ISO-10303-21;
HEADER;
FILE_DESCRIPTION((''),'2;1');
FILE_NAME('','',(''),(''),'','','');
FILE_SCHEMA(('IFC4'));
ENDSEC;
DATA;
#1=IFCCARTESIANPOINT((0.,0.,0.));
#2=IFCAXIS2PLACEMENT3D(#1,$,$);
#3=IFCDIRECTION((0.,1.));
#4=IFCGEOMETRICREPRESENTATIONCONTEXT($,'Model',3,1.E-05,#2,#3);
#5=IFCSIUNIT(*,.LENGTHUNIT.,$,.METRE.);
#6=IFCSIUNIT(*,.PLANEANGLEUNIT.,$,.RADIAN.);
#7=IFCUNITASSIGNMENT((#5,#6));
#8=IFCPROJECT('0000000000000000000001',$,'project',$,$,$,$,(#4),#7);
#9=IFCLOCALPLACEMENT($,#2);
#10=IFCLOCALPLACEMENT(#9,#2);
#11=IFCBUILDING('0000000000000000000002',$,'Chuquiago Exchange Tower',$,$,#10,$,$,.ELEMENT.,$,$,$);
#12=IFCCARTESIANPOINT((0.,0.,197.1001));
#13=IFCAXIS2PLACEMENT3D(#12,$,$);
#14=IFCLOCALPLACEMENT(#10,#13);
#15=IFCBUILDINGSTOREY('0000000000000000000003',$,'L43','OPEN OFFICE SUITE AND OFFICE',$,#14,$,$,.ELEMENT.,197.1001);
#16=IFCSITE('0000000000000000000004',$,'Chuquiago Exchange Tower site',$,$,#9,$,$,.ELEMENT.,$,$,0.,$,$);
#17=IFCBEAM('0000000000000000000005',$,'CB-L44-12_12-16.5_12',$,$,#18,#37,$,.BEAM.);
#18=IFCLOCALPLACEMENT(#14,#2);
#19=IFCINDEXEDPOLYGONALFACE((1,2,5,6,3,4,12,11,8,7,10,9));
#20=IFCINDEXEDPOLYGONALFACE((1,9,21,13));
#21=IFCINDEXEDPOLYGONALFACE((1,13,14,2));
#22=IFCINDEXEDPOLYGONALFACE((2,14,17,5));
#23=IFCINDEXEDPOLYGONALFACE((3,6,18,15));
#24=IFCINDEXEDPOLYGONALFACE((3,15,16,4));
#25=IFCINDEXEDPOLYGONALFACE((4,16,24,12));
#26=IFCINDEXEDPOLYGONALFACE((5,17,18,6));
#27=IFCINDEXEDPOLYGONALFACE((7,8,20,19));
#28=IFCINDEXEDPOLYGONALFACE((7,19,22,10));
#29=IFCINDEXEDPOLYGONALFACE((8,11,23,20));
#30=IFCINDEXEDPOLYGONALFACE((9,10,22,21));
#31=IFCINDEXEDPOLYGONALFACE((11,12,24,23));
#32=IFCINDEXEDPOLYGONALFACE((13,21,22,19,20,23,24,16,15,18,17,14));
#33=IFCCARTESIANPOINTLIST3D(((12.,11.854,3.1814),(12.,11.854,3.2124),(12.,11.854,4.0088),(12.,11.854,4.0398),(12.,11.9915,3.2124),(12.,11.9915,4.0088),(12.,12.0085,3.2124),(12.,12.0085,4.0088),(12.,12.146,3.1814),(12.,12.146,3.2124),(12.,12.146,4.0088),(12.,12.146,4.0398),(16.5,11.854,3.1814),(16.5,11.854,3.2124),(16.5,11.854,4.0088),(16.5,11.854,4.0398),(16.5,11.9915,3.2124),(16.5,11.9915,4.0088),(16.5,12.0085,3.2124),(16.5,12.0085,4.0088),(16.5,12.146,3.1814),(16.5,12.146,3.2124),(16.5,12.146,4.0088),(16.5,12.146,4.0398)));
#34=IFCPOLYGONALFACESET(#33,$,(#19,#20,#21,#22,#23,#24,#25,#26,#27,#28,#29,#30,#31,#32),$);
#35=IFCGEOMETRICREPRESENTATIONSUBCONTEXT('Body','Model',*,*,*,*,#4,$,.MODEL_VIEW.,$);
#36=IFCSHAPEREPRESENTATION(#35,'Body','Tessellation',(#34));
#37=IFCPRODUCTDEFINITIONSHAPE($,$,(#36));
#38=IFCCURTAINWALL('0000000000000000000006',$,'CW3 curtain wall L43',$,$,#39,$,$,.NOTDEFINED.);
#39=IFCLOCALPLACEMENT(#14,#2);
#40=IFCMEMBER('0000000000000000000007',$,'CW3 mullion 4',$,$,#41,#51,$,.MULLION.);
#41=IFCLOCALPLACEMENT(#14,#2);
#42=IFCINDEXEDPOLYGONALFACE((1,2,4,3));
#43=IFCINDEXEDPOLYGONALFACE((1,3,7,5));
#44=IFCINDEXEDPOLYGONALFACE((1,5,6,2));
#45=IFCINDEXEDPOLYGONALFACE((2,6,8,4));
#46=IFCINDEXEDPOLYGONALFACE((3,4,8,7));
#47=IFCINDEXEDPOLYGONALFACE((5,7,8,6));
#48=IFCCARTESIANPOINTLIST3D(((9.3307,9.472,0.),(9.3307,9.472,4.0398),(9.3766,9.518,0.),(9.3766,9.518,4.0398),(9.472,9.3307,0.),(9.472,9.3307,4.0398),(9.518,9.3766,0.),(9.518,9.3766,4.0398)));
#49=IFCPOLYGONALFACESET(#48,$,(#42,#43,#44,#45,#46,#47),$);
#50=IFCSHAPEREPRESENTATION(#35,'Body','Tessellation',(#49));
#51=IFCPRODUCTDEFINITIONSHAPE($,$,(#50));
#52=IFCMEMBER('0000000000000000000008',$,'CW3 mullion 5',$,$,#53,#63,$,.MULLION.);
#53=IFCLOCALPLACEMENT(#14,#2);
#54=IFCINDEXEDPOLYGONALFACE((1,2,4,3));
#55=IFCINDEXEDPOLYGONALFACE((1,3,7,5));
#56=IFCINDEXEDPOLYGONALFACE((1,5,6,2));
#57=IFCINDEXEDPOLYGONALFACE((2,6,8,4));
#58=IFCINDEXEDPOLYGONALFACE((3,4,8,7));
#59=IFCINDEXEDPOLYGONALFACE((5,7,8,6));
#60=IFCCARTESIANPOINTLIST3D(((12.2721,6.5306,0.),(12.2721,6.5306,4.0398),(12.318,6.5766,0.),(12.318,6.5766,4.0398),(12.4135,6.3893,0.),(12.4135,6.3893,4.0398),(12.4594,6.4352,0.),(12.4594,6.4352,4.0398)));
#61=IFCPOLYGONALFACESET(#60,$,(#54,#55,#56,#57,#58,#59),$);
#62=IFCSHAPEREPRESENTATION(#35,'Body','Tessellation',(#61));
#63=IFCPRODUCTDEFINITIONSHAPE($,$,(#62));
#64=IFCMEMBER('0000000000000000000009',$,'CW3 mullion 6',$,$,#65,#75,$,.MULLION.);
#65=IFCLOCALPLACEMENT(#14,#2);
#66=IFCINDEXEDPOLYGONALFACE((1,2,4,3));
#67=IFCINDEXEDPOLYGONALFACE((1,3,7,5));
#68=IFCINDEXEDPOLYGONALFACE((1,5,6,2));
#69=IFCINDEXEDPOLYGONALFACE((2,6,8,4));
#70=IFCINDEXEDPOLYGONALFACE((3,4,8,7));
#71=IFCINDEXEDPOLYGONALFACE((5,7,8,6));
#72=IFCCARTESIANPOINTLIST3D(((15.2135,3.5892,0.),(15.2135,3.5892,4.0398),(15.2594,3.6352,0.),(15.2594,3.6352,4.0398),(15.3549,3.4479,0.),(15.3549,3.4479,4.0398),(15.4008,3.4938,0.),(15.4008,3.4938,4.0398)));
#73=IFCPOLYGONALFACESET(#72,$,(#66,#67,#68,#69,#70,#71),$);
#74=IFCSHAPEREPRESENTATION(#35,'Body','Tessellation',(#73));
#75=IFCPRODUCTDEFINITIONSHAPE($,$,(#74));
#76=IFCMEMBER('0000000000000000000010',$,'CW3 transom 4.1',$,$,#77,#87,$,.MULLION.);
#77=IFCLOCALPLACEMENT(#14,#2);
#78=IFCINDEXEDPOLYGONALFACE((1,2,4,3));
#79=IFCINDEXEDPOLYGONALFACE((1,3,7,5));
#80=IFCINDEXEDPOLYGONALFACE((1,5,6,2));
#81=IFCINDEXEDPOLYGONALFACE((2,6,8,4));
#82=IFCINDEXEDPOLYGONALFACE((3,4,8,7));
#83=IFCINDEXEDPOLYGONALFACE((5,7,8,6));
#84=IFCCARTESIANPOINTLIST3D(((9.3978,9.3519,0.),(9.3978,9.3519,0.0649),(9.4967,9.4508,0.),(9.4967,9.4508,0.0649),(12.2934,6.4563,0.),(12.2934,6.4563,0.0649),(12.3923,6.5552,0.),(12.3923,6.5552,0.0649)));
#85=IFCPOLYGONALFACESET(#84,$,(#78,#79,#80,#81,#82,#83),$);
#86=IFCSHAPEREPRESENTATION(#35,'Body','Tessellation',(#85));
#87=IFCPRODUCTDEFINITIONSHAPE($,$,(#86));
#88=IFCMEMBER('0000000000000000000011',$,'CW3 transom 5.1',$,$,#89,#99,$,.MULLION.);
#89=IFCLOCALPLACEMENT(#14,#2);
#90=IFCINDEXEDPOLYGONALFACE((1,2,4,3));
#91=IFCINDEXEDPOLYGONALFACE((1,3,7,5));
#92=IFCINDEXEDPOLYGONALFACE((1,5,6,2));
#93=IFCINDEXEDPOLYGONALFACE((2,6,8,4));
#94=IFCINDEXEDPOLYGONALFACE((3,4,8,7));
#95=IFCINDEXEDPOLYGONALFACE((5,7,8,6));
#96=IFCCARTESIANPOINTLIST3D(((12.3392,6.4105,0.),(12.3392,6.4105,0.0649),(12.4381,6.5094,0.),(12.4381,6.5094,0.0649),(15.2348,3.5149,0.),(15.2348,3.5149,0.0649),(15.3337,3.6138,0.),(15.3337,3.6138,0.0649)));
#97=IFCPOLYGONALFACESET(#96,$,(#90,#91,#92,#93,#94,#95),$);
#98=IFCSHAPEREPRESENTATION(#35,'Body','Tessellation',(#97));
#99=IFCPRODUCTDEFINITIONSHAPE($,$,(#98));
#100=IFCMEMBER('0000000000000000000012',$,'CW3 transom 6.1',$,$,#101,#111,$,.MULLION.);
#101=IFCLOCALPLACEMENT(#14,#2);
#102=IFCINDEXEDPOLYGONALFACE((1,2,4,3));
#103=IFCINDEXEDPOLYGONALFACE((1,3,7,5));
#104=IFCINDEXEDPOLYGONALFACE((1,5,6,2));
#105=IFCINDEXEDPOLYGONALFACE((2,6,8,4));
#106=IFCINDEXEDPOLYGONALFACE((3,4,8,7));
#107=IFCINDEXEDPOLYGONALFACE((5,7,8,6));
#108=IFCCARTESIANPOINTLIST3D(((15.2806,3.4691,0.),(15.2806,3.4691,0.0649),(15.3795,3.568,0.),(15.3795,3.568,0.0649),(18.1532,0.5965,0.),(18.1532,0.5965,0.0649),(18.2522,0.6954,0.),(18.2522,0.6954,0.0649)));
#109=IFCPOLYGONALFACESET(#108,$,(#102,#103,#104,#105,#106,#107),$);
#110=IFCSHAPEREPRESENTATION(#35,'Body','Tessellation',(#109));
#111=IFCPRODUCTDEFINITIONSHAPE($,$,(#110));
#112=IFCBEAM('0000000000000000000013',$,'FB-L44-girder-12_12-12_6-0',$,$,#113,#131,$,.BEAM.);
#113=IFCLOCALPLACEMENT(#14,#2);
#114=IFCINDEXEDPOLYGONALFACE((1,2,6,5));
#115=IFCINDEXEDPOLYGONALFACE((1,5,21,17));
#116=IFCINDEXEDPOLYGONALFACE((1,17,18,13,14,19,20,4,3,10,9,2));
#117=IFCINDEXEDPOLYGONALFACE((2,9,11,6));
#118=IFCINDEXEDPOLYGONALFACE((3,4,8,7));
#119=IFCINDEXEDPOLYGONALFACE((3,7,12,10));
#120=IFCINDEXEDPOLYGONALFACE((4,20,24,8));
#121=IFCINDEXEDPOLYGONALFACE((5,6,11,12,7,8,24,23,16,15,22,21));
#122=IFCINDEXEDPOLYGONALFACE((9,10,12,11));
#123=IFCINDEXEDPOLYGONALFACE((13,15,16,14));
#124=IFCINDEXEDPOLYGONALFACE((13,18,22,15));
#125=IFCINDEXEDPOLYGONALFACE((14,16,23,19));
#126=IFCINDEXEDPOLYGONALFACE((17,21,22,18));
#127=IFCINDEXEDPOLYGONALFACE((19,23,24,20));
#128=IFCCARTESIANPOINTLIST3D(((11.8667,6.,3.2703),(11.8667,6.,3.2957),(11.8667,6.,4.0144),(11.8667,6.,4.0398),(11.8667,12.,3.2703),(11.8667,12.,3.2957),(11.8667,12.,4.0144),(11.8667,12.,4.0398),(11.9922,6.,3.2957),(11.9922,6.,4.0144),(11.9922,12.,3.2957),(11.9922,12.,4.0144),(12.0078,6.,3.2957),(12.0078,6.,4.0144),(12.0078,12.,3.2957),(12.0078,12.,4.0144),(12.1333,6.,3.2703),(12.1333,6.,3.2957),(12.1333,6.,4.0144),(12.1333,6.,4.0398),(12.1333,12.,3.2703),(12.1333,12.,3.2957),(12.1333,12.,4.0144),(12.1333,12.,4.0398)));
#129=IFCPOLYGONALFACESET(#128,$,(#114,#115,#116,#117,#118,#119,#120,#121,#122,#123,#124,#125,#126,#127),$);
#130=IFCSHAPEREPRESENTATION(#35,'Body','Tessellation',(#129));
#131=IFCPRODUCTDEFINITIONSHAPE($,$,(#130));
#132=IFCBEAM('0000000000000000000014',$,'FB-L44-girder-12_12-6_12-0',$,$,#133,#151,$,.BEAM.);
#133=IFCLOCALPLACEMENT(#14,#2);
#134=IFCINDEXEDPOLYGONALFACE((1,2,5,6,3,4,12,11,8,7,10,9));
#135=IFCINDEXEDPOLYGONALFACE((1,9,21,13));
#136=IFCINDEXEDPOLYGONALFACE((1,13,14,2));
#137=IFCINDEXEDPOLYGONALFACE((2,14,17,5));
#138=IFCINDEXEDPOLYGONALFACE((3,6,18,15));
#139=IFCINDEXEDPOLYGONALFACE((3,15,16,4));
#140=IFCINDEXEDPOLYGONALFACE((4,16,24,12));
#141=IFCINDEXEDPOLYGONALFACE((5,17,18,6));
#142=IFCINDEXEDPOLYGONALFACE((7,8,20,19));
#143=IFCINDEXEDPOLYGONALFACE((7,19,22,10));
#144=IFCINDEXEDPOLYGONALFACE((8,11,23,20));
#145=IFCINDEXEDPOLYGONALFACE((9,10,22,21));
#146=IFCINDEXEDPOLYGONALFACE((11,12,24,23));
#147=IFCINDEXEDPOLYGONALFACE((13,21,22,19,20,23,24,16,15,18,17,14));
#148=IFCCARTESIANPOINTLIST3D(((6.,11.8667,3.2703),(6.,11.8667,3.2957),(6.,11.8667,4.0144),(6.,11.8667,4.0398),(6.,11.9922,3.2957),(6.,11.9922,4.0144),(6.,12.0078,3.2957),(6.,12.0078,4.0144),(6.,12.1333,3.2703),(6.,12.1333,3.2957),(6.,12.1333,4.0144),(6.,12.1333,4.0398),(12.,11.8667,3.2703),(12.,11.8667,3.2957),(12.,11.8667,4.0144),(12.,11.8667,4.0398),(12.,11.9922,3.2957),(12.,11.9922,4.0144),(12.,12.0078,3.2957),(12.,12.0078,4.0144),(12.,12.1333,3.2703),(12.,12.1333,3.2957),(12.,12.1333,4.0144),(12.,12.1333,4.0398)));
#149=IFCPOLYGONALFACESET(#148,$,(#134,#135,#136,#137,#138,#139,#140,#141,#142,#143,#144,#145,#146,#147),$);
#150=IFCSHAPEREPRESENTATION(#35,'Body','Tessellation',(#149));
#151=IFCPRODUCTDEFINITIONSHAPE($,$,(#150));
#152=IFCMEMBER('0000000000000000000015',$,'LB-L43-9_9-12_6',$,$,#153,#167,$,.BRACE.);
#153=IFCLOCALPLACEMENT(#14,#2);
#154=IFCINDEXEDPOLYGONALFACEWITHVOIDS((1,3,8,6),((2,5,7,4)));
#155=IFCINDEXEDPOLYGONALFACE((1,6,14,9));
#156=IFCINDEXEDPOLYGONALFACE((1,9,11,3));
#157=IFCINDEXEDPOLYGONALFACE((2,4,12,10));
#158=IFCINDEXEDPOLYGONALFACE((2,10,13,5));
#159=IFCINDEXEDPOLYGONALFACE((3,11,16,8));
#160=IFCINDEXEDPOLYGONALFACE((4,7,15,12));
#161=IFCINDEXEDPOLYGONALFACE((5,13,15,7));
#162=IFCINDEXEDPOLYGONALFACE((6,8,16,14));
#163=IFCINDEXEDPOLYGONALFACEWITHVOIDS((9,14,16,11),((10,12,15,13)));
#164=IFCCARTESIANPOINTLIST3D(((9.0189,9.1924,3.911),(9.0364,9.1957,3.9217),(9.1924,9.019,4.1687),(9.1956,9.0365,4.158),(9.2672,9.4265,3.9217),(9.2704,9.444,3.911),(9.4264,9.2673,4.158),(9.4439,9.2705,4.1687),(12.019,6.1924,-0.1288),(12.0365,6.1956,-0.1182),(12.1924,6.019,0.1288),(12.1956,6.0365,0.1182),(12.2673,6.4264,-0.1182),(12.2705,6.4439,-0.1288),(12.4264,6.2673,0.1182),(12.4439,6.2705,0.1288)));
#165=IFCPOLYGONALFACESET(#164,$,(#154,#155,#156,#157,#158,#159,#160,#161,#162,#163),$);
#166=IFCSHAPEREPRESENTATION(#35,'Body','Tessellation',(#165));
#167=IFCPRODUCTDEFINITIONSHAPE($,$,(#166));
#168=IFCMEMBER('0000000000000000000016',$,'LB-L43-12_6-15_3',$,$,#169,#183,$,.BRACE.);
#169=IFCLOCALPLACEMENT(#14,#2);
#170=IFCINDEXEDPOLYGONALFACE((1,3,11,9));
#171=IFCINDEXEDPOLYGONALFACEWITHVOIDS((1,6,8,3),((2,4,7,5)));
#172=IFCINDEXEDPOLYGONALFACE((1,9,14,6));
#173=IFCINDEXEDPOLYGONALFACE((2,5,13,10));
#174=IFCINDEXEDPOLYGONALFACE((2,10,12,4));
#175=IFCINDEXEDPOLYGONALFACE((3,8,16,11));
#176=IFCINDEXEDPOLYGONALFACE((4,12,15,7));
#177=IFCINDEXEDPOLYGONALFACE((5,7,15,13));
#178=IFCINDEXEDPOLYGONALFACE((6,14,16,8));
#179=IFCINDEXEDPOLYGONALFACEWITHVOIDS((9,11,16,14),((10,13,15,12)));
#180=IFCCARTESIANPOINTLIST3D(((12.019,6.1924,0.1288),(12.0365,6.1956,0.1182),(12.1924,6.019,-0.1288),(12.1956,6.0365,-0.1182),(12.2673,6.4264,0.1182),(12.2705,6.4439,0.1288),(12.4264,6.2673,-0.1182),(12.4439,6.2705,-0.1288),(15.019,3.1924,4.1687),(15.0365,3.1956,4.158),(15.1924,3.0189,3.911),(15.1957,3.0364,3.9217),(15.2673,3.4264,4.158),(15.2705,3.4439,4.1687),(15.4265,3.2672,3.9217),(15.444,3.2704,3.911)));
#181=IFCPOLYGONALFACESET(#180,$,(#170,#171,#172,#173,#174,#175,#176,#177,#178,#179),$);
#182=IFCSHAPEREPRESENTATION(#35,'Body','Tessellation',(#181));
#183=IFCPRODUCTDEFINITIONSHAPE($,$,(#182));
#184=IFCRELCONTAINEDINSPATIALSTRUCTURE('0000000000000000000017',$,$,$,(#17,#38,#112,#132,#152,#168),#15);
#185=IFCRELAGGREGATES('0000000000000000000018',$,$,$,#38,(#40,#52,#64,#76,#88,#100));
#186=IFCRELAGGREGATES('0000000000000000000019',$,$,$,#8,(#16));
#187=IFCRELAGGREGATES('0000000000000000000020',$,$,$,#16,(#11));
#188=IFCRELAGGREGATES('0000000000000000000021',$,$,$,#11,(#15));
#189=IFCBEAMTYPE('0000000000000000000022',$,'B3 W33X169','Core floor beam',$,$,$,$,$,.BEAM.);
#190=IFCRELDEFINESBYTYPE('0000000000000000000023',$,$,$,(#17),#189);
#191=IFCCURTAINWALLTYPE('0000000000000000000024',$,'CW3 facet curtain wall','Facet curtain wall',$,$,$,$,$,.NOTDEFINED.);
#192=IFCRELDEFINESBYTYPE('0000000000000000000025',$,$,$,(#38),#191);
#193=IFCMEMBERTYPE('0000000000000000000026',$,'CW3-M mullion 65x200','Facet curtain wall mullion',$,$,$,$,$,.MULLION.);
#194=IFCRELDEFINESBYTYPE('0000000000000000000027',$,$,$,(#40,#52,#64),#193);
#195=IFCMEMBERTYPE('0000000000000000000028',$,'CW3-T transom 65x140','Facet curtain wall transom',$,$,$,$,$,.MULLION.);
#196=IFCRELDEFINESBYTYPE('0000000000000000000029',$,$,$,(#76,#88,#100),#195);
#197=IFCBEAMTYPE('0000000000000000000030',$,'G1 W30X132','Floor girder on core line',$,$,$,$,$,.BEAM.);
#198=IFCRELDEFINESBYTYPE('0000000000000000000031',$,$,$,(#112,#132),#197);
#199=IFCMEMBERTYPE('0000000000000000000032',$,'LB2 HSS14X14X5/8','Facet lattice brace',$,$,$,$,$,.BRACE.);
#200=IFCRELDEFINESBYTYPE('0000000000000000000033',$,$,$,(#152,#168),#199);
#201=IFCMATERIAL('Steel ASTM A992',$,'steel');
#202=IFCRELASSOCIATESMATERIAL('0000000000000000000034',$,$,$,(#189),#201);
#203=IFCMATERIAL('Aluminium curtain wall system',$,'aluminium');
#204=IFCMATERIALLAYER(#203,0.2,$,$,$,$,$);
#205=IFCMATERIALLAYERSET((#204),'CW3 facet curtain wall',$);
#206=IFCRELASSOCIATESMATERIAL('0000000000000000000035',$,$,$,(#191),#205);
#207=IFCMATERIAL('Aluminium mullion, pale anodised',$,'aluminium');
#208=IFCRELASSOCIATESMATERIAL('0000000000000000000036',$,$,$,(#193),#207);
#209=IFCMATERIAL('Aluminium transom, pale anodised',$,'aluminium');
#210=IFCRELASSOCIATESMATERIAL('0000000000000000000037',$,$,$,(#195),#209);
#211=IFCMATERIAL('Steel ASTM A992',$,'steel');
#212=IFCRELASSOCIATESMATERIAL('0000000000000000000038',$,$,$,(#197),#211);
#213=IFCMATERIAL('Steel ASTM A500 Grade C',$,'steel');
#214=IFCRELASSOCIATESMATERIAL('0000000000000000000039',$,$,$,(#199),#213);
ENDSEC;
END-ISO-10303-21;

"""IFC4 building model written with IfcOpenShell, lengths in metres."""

from ifc_helpers import new_model, si_unit, direction, frame, origin, origin_2d, place, context, subcontext, project, spatial, rectangle, hollow_rectangle, i_section, extrude, material, layer, layer_set, material_profile, profile_set, type_object, element, aggregate, save


model = new_model("IFC4")

# Units and contexts
model_context = context("Model", 3, precision=1e-05, world=origin(), true_north=direction((0.0, 1.0)))
body_context = subcontext(model_context, "Body", "Model", "MODEL_VIEW")
ifc_project = project(units=[si_unit("LENGTHUNIT", "METRE"), si_unit("PLANEANGLEUNIT", "RADIAN")], contexts=[model_context])

# Site, building, storey
site_placement = place(None, origin())
site = spatial("IfcSite", under=ifc_project, at=site_placement, Name="Chuquiago Exchange Tower site", CompositionType="ELEMENT", RefElevation=0.0)
building_placement = place(site_placement, origin())
building = spatial("IfcBuilding", under=site, at=building_placement, Name="Chuquiago Exchange Tower", CompositionType="ELEMENT")
storey_placement = place(building_placement, frame((0.0, 0.0, 197.1001)))
storey = spatial("IfcBuildingStorey", under=building, at=storey_placement, Name="L43", Description="OPEN OFFICE SUITE AND OFFICE", CompositionType="ELEMENT", Elevation=197.1001)

# Beam
ifc_material_1 = material(Name="Steel ASTM A992", Category="steel")
ifc_material_profile_1 = material_profile(ifc_material_1, i_section(OverallWidth=0.292, OverallDepth=0.8584, WebThickness=0.0171, FlangeThickness=0.031, at=origin_2d()), Name="W33X169")
ifc_profile_set_1 = profile_set([ifc_material_profile_1], Name="Steel ASTM A992")
beam_type_1 = type_object("IfcBeamType", Name="B3 W33X169", Description="Core floor beam", PredefinedType="BEAM", material=ifc_profile_set_1)
beam_1_placement = place(storey_placement, frame((12.0, 12.0, 3.6106), z_axis=(1.0, 0.0, 0.0), x_axis=(0.0, 1.0, 0.0)))
element("IfcBeam", 1, at=beam_1_placement, inside=storey, type_object=beam_type_1, Name="CB-L44-12_12-16.5_12", PredefinedType="BEAM", context=body_context, shape_type="SweptSolid", body=[
    extrude(i_section(OverallWidth=0.292, OverallDepth=0.8584, WebThickness=0.0171, FlangeThickness=0.031, at=origin_2d()), origin(), (0.0, 0.0, 1.0), 4.5),
])

# Curtain wall, members
ifc_material_2 = material(Name="Aluminium curtain wall system", Category="aluminium")
ifc_layer_1 = layer(ifc_material_2, 0.2)
ifc_layer_set_1 = layer_set([ifc_layer_1], Name="CW3 facet curtain wall")
curtain_wall_type = type_object("IfcCurtainWallType", Name="CW3 facet curtain wall", Description="Facet curtain wall", PredefinedType="NOTDEFINED", material=ifc_layer_set_1)
curtain_wall_placement = place(storey_placement, origin())
curtain_wall = element("IfcCurtainWall", 2, at=curtain_wall_placement, inside=storey, type_object=curtain_wall_type, Name="CW3 curtain wall L43", PredefinedType="NOTDEFINED")
ifc_material_3 = material(Name="Aluminium mullion, pale anodised", Category="aluminium")
ifc_material_profile_2 = material_profile(ifc_material_3, rectangle(XDim=0.0649, YDim=0.2, at=origin_2d()), Name="AL 65x200")
ifc_profile_set_2 = profile_set([ifc_material_profile_2], Name="Aluminium mullion, pale anodised")
member_type_1 = type_object("IfcMemberType", Name="CW3-M mullion 65x200", Description="Facet curtain wall mullion", PredefinedType="MULLION", material=ifc_profile_set_2)
member_1_placement = place(storey_placement, frame((9.4243, 9.4243, 0.0), z_axis=(0.0, 0.0, 1.0), x_axis=(0.707107, 0.707107, 0.0)))
member_1 = element("IfcMember", 3, at=member_1_placement, type_object=member_type_1, Name="CW3 mullion 4", PredefinedType="MULLION", context=body_context, shape_type="SweptSolid", body=[
    extrude(rectangle(XDim=0.0649, YDim=0.2, at=origin_2d()), origin(), (0.0, 0.0, 1.0), 4.0398),
])
member_2_placement = place(storey_placement, frame((12.3657, 6.4829, 0.0), z_axis=(0.0, 0.0, 1.0), x_axis=(0.707107, 0.707107, 0.0)))
member_2 = element("IfcMember", 4, at=member_2_placement, type_object=member_type_1, Name="CW3 mullion 5", PredefinedType="MULLION", context=body_context, shape_type="SweptSolid", body=[
    extrude(rectangle(XDim=0.0649, YDim=0.2, at=origin_2d()), origin(), (0.0, 0.0, 1.0), 4.0398),
])
member_3_placement = place(storey_placement, frame((15.3071, 3.5415, 0.0), z_axis=(0.0, 0.0, 1.0), x_axis=(0.707107, 0.707107, 0.0)))
member_3 = element("IfcMember", 5, at=member_3_placement, type_object=member_type_1, Name="CW3 mullion 6", PredefinedType="MULLION", context=body_context, shape_type="SweptSolid", body=[
    extrude(rectangle(XDim=0.0649, YDim=0.2, at=origin_2d()), origin(), (0.0, 0.0, 1.0), 4.0398),
])
ifc_material_4 = material(Name="Aluminium transom, pale anodised", Category="aluminium")
ifc_material_profile_3 = material_profile(ifc_material_4, rectangle(XDim=0.1399, YDim=0.0649, at=origin_2d()), Name="AL 140x65")
ifc_profile_set_3 = profile_set([ifc_material_profile_3], Name="Aluminium transom, pale anodised")
member_type_2 = type_object("IfcMemberType", Name="CW3-T transom 65x140", Description="Facet curtain wall transom", PredefinedType="MULLION", material=ifc_profile_set_3)
member_4_placement = place(storey_placement, frame((9.4473, 9.4014, 0.0325), z_axis=(0.707107, -0.707107, 0.0), x_axis=(0.707107, 0.707107, 0.0)))
member_4 = element("IfcMember", 6, at=member_4_placement, type_object=member_type_2, Name="CW3 transom 4.1", PredefinedType="MULLION", context=body_context, shape_type="SweptSolid", body=[
    extrude(rectangle(XDim=0.1399, YDim=0.0649, at=origin_2d()), origin(), (0.0, 0.0, 1.0), 4.095),
])
member_5_placement = place(storey_placement, frame((12.3887, 6.46, 0.0325), z_axis=(0.707107, -0.707107, 0.0), x_axis=(0.707107, 0.707107, 0.0)))
member_5 = element("IfcMember", 7, at=member_5_placement, type_object=member_type_2, Name="CW3 transom 5.1", PredefinedType="MULLION", context=body_context, shape_type="SweptSolid", body=[
    extrude(rectangle(XDim=0.1399, YDim=0.0649, at=origin_2d()), origin(), (0.0, 0.0, 1.0), 4.095),
])
member_6_placement = place(storey_placement, frame((15.3301, 3.5186, 0.0325), z_axis=(0.707107, -0.707107, 0.0), x_axis=(0.707107, 0.707107, 0.0)))
member_6 = element("IfcMember", 8, at=member_6_placement, type_object=member_type_2, Name="CW3 transom 6.1", PredefinedType="MULLION", context=body_context, shape_type="SweptSolid", body=[
    extrude(rectangle(XDim=0.1399, YDim=0.0649, at=origin_2d()), origin(), (0.0, 0.0, 1.0), 4.0625),
])

# Beams
ifc_material_5 = material(Name="Steel ASTM A992", Category="steel")
ifc_material_profile_4 = material_profile(ifc_material_5, i_section(OverallWidth=0.2666, OverallDepth=0.7695, WebThickness=0.0156, FlangeThickness=0.0254, at=origin_2d()), Name="W30X132")
ifc_profile_set_4 = profile_set([ifc_material_profile_4], Name="Steel ASTM A992")
beam_type_2 = type_object("IfcBeamType", Name="G1 W30X132", Description="Floor girder on core line", PredefinedType="BEAM", material=ifc_profile_set_4)
for number, where, z_axis, x_axis, name in (
    (9, (12.0, 12.0, 3.655), (0.0, -1.0, 0.0), (1.0, 0.0, 0.0), "FB-L44-girder-12_12-12_6-0"),
    (10, (12.0, 12.0, 3.655), (-1.0, 0.0, 0.0), (0.0, -1.0, 0.0), "FB-L44-girder-12_12-6_12-0"),
):
    element("IfcBeam", number, at=place(storey_placement, frame(where, z_axis=z_axis, x_axis=x_axis)), inside=storey, type_object=beam_type_2, Name=name, PredefinedType="BEAM", context=body_context, shape_type="SweptSolid", body=[
        extrude(i_section(OverallWidth=0.2666, OverallDepth=0.7695, WebThickness=0.0156, FlangeThickness=0.0254, at=origin_2d()), origin(), (0.0, 0.0, 1.0), 6.0),
    ])

# Members
ifc_material_6 = material(Name="Steel ASTM A500 Grade C", Category="steel")
ifc_material_profile_5 = material_profile(ifc_material_6, hollow_rectangle(XDim=0.3557, YDim=0.3557, WallThickness=0.0146, at=origin_2d()), Name="HSS14X14X5/8")
ifc_profile_set_5 = profile_set([ifc_material_profile_5], Name="Steel ASTM A500 Grade C")
member_type_3 = type_object("IfcMemberType", Name="LB2 HSS14X14X5/8", Description="Facet lattice brace", PredefinedType="BRACE", material=ifc_profile_set_5)
for number, where, z_axis, x_axis, name in (
    (11, (12.2314, 6.2314, 0.0), (-0.512092, 0.512092, 0.689582), (-0.707107, -0.707107, 0.0), "LB-L43-9_9-12_6"),
    (12, (12.2314, 6.2314, 0.0), (0.512092, -0.512092, 0.689582), (0.707107, 0.707107, 0.0), "LB-L43-12_6-15_3"),
):
    element("IfcMember", number, at=place(storey_placement, frame(where, z_axis=z_axis, x_axis=x_axis)), inside=storey, type_object=member_type_3, Name=name, PredefinedType="BRACE", context=body_context, shape_type="SweptSolid", body=[
        extrude(hollow_rectangle(XDim=0.3557, YDim=0.3557, WallThickness=0.0146, at=origin_2d()), origin(), (0.0, 0.0, 1.0), 5.8584),
    ])

aggregate(curtain_wall, [member_1, member_2, member_3, member_4, member_5, member_6])

save(model, "model.ifc")
